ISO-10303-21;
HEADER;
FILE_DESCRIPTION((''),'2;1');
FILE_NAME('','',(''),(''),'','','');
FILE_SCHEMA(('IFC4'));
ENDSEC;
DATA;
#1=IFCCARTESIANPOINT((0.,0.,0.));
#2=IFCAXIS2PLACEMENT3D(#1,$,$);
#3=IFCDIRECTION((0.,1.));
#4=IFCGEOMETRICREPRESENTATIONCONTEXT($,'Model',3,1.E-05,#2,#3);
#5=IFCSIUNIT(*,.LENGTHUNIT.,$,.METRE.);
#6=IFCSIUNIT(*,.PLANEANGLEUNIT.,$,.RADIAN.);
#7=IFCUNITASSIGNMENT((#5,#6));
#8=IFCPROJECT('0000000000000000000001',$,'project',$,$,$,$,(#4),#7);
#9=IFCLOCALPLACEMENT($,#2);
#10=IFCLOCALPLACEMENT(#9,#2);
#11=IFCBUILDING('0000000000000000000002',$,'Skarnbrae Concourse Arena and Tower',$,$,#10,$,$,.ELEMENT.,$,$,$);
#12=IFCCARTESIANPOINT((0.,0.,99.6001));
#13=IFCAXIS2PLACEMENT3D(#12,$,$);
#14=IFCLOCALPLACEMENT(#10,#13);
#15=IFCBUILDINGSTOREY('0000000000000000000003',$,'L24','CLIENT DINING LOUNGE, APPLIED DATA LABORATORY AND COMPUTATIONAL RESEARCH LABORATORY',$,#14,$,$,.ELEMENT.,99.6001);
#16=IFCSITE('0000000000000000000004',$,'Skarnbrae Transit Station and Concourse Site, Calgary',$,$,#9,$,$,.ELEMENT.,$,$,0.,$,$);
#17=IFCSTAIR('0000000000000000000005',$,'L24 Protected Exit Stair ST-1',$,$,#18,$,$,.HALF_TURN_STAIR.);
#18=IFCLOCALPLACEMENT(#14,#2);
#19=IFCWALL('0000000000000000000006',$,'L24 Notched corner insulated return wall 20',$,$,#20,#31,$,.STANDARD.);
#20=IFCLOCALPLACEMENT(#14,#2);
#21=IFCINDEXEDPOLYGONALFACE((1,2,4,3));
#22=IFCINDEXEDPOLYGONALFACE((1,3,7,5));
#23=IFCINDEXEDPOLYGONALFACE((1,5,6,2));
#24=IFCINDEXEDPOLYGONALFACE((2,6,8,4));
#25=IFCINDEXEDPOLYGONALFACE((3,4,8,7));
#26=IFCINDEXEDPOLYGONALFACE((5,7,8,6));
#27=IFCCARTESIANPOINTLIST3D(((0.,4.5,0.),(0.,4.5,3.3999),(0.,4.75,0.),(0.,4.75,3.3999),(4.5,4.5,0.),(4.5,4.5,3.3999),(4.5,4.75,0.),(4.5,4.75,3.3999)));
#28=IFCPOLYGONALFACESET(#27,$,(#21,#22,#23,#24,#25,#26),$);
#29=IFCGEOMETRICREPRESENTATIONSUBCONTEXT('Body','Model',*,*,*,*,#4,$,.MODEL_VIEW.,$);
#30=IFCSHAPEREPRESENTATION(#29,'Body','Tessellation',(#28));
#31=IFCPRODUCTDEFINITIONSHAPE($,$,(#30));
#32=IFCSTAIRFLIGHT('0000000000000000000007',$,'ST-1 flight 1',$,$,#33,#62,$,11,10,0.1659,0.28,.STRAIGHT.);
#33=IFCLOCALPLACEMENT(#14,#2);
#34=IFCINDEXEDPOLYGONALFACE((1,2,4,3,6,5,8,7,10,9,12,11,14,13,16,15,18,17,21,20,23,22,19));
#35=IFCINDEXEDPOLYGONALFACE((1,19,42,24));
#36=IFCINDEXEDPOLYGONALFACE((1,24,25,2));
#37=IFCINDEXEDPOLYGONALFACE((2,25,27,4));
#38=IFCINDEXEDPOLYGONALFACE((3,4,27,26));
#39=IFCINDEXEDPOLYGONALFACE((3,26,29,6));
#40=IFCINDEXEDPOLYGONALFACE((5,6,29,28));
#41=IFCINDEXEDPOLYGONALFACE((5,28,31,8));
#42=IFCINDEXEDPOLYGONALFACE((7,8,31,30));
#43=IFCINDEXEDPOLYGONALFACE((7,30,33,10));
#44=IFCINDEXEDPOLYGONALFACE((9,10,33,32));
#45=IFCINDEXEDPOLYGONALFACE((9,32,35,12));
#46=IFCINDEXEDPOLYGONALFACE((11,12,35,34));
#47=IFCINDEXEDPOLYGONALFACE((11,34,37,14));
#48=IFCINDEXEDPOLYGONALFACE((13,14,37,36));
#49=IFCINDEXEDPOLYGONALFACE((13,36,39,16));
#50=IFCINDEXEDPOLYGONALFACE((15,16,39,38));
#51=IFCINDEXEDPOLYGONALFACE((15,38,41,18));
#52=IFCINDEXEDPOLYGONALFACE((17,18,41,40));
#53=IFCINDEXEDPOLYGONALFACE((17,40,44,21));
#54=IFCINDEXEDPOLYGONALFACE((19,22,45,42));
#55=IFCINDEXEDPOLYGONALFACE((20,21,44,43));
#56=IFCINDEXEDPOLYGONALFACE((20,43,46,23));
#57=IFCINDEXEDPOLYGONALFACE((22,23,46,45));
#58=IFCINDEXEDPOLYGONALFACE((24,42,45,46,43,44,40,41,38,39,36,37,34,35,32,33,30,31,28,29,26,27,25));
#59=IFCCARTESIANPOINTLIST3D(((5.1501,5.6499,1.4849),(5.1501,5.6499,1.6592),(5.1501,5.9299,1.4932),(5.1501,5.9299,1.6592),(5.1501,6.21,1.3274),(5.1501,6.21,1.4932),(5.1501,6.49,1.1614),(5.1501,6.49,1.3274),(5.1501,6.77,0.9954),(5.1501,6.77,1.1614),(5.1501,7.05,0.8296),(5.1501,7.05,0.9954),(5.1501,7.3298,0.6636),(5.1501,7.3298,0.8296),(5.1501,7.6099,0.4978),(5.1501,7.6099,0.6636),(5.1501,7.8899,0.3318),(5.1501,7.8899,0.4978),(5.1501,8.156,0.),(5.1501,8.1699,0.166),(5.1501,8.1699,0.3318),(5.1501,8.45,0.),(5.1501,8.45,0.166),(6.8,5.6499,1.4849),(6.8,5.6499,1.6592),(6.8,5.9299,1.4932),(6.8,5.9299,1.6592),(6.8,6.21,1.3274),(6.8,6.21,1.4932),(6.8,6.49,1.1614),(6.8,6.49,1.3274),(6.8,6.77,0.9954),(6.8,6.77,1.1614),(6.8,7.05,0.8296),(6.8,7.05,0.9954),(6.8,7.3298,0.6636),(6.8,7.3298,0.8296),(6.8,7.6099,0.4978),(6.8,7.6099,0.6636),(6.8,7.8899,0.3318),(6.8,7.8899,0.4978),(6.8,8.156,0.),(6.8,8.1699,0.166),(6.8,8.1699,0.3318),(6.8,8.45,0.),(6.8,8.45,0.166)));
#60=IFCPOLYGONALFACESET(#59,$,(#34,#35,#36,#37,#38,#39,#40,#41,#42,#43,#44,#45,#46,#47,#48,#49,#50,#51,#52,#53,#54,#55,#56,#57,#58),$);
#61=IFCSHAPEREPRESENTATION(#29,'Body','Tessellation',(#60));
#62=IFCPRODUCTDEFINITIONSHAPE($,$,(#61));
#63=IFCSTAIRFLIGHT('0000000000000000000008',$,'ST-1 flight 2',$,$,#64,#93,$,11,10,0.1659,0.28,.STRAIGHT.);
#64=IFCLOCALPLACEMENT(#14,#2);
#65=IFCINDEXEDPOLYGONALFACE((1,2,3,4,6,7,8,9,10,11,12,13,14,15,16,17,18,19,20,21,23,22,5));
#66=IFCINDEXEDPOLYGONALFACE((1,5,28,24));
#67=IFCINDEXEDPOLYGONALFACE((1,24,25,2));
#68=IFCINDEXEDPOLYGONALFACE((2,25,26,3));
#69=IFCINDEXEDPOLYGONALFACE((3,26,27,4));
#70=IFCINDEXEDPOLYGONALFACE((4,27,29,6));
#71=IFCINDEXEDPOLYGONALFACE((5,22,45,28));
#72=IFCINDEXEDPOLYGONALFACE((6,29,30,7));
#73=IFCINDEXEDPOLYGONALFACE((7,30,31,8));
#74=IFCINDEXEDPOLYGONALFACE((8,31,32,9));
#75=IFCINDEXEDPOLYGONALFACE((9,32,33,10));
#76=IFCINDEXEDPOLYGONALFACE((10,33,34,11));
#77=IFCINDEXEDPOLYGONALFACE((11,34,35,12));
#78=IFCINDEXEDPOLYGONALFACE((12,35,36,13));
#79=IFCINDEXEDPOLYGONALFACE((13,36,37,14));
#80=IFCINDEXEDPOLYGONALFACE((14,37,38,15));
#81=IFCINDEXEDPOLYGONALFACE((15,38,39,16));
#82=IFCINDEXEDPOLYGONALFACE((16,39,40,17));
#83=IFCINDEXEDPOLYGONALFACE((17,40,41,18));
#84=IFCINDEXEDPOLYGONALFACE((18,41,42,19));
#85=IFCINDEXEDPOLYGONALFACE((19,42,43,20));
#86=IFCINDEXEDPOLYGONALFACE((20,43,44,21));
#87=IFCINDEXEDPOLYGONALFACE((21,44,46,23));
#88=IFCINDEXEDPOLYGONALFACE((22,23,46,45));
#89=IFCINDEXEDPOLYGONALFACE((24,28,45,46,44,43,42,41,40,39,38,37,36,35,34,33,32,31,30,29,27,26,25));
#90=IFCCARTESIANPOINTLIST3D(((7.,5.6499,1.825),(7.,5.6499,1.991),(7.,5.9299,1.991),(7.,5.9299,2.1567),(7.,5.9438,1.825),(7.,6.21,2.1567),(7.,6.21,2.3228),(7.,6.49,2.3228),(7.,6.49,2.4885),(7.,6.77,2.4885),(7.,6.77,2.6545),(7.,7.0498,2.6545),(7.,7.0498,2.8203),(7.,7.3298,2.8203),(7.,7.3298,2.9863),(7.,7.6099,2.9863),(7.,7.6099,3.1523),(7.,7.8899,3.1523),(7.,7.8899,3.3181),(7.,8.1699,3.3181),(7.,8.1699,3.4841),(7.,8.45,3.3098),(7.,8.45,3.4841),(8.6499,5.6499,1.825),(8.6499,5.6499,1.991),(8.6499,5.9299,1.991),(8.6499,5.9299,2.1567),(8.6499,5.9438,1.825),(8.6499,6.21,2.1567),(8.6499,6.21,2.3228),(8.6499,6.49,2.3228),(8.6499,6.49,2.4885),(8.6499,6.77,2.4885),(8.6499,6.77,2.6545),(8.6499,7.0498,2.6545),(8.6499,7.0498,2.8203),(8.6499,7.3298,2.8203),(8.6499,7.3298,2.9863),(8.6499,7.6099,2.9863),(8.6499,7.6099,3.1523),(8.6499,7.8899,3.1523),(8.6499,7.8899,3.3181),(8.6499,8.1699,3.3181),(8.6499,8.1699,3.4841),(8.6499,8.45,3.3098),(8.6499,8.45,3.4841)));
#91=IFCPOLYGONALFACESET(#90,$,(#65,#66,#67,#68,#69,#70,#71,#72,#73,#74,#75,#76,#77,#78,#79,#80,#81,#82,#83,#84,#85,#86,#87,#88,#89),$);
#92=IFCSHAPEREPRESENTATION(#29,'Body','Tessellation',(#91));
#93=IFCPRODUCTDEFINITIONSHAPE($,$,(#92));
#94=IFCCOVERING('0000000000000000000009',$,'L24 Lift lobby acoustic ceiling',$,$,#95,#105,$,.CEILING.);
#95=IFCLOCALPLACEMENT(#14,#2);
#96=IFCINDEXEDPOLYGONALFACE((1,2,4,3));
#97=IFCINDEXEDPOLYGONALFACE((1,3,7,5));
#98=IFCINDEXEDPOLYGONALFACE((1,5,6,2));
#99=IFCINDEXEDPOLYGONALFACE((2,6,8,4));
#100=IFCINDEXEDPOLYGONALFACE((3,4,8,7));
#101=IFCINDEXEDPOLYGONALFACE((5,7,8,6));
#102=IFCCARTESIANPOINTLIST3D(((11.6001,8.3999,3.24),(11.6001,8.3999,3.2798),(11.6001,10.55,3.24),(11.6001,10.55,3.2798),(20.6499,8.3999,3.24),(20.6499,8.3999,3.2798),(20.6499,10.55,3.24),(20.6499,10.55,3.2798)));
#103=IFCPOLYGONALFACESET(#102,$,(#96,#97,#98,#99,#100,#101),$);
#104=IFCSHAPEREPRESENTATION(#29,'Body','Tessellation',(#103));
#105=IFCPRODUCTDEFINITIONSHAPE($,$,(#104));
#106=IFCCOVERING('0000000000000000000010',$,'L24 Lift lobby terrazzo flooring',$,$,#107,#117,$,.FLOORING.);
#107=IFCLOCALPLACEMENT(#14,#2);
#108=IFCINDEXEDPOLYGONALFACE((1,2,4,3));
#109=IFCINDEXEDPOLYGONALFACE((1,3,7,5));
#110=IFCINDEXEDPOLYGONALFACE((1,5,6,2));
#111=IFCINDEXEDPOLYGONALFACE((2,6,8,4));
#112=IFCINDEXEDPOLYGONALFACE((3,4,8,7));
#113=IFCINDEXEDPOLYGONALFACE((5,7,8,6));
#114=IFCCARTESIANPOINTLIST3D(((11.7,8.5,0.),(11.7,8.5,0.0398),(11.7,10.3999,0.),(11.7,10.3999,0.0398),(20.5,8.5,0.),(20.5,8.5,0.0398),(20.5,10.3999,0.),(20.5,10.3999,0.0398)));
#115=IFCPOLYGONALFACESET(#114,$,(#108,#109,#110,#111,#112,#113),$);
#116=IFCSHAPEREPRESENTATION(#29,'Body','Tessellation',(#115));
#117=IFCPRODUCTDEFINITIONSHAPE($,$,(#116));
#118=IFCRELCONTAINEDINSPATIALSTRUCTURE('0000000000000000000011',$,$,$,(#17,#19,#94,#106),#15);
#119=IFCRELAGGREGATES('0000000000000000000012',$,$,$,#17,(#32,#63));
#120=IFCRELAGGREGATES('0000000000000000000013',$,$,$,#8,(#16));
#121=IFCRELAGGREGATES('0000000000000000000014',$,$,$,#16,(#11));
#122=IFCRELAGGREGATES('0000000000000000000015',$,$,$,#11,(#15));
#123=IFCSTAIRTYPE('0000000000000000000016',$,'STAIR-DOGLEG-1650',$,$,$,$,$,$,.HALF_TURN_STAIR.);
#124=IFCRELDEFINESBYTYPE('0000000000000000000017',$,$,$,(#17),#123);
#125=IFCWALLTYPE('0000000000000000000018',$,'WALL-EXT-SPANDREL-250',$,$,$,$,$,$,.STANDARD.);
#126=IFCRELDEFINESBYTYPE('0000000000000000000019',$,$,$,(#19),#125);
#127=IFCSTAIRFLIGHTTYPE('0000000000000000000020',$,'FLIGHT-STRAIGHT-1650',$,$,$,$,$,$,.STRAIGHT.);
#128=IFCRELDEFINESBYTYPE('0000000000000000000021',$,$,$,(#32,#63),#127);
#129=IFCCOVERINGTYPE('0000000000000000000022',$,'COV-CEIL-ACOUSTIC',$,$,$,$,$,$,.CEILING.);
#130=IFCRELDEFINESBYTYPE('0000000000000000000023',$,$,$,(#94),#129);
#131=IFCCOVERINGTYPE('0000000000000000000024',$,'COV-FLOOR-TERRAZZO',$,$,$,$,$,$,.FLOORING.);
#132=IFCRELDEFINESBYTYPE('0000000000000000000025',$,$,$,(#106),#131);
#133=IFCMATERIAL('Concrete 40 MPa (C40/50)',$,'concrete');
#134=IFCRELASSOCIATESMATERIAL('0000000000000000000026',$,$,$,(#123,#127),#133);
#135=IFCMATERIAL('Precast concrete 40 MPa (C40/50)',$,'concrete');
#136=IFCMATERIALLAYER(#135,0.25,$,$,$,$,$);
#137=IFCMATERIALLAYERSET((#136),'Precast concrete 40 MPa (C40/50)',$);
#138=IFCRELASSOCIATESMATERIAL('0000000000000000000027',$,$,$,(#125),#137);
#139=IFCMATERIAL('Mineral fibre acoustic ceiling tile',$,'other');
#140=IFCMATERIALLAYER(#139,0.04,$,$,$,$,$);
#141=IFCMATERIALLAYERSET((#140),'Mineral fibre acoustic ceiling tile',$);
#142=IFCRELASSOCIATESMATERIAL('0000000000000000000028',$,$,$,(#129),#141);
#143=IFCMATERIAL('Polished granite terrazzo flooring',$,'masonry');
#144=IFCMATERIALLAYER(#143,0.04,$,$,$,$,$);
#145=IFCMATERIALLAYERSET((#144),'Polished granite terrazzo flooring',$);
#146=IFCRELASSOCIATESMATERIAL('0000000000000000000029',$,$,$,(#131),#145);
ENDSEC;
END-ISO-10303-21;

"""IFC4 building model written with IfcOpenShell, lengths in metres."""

from ifc_helpers import new_model, si_unit, direction, frame, frame_2d, origin, place, context, subcontext, project, spatial, polyline, rectangle, outline, extrude, source, transform, mapped, material, layer, layer_set, type_object, element, aggregate, save


model = new_model("IFC4")

# Units and contexts
model_context = context("Model", 3, precision=1e-05, world=origin(), true_north=direction((0.0, 1.0)))
body_context = subcontext(model_context, "Body", "Model", "MODEL_VIEW")
ifc_project = project(units=[si_unit("LENGTHUNIT", "METRE"), si_unit("PLANEANGLEUNIT", "RADIAN")], contexts=[model_context])

# Site, building, storey
site_placement = place(None, origin())
site = spatial("IfcSite", under=ifc_project, at=site_placement, Name="Skarnbrae Transit Station and Concourse Site, Calgary", CompositionType="ELEMENT", RefElevation=0.0)
building_placement = place(site_placement, origin())
building = spatial("IfcBuilding", under=site, at=building_placement, Name="Skarnbrae Concourse Arena and Tower", CompositionType="ELEMENT")
storey_placement = place(building_placement, frame((0.0, 0.0, 99.6001)))
storey = spatial("IfcBuildingStorey", under=building, at=storey_placement, Name="L24", Description="CLIENT DINING LOUNGE, APPLIED DATA LABORATORY AND COMPUTATIONAL RESEARCH LABORATORY", CompositionType="ELEMENT", Elevation=99.6001)

# Stair
ifc_material_1 = material(Name="Concrete 40 MPa (C40/50)", Category="concrete")
stair_type = type_object("IfcStairType", Name="STAIR-DOGLEG-1650", PredefinedType="HALF_TURN_STAIR", material=ifc_material_1)
stair_1_placement = place(storey_placement, origin())
stair_1 = element("IfcStair", 1, at=stair_1_placement, inside=storey, type_object=stair_type, Name="L24 Protected Exit Stair ST-1", PredefinedType="HALF_TURN_STAIR")

# Wall
ifc_material_2 = material(Name="Precast concrete 40 MPa (C40/50)", Category="concrete")
ifc_layer_1 = layer(ifc_material_2, 0.25)
ifc_layer_set_1 = layer_set([ifc_layer_1], Name="Precast concrete 40 MPa (C40/50)")
wall_type_1 = type_object("IfcWallType", Name="WALL-EXT-SPANDREL-250", PredefinedType="STANDARD", material=ifc_layer_set_1)
shared_shape_1 = source(origin(), body_context, "Body", "SweptSolid", [
    extrude(rectangle(XDim=4.5, YDim=0.25, at=frame_2d((2.25, 0.0))), origin(), (0.0, 0.0, 1.0), 3.3999),
])
wall_1_placement = place(storey_placement, frame((0.0, 4.625, 0.0), z_axis=(0.0, 0.0, 1.0), x_axis=(1.0, 0.0, 0.0)))
element("IfcWall", 2, at=wall_1_placement, inside=storey, type_object=wall_type_1, Name="L24 Notched corner insulated return wall 20", PredefinedType="STANDARD", context=body_context, shape_type="MappedRepresentation", body=[
    mapped(shared_shape_1, transform((0.0, 0.0, 0.0))),
])

# Stair flights
stair_flight_type = type_object("IfcStairFlightType", Name="FLIGHT-STRAIGHT-1650", PredefinedType="STRAIGHT", material=ifc_material_1)
shared_shape_2 = source(origin(), body_context, "Body", "SweptSolid", [
    extrude(outline(polyline([(0.0, 0.0), (0.0, 0.166), (0.28, 0.166), (0.28, 0.3318), (0.5601, 0.3318), (0.5601, 0.4978), (0.8401, 0.4978), (0.8401, 0.6636), (1.1201, 0.6636), (1.1201, 0.8296), (1.3999, 0.8296), (1.3999, 0.9954), (1.6799, 0.9954), (1.6799, 1.1614), (1.96, 1.1614), (1.96, 1.3274), (2.24, 1.3274), (2.24, 1.4932), (2.52, 1.4932), (2.52, 1.6592), (2.8, 1.6592), (2.8, 1.825), (2.8, 1.4849), (0.2939, 0.0), (0.0, 0.0)])), frame((0.0, 0.825, 0.0), z_axis=(0.0, -1.0, 0.0), x_axis=(1.0, 0.0, 0.0)), (0.0, 0.0, 1.0), 1.6499),
])
stair_flight_1_placement = place(storey_placement, frame((5.9751, 8.45, 0.0), z_axis=(0.0, 0.0, 1.0), x_axis=(0.0, -1.0, 0.0)))
stair_flight_1 = element("IfcStairFlight", 3, at=stair_flight_1_placement, type_object=stair_flight_type, Name="ST-1 flight 1", NumberOfRisers=11, NumberOfTreads=10, PredefinedType="STRAIGHT", RiserHeight=0.1659, TreadLength=0.28, context=body_context, shape_type="MappedRepresentation", body=[
    mapped(shared_shape_2, transform((0.0, 0.0, 0.0))),
])
stair_flight_2_placement = place(storey_placement, frame((7.825, 5.6499, 1.825), z_axis=(0.0, 0.0, 1.0), x_axis=(0.0, 1.0, 0.0)))
stair_flight_2 = element("IfcStairFlight", 4, at=stair_flight_2_placement, type_object=stair_flight_type, Name="ST-1 flight 2", NumberOfRisers=11, NumberOfTreads=10, PredefinedType="STRAIGHT", RiserHeight=0.1659, TreadLength=0.28, context=body_context, shape_type="MappedRepresentation", body=[
    mapped(shared_shape_2, transform((0.0, 0.0, 0.0))),
])
aggregate(stair_1, [stair_flight_1, stair_flight_2])

# Coverings
ifc_material_3 = material(Name="Mineral fibre acoustic ceiling tile", Category="other")
ifc_layer_2 = layer(ifc_material_3, 0.04)
ifc_layer_set_2 = layer_set([ifc_layer_2], Name="Mineral fibre acoustic ceiling tile")
covering_type_1 = type_object("IfcCoveringType", Name="COV-CEIL-ACOUSTIC", PredefinedType="CEILING", material=ifc_layer_set_2)
covering_1_placement = place(storey_placement, frame((0.0, 0.0, 3.24)))
element("IfcCovering", 5, at=covering_1_placement, inside=storey, type_object=covering_type_1, Name="L24 Lift lobby acoustic ceiling", PredefinedType="CEILING", context=body_context, shape_type="SweptSolid", body=[
    extrude(outline(polyline([(11.6001, 8.3999), (20.6499, 8.3999), (20.6499, 10.55), (11.6001, 10.55), (11.6001, 8.3999)])), origin(), (0.0, 0.0, 1.0), 0.0398),
])
ifc_material_4 = material(Name="Polished granite terrazzo flooring", Category="masonry")
ifc_layer_3 = layer(ifc_material_4, 0.04)
ifc_layer_set_3 = layer_set([ifc_layer_3], Name="Polished granite terrazzo flooring")
covering_type_2 = type_object("IfcCoveringType", Name="COV-FLOOR-TERRAZZO", PredefinedType="FLOORING", material=ifc_layer_set_3)
covering_2_placement = place(storey_placement, origin())
element("IfcCovering", 6, at=covering_2_placement, inside=storey, type_object=covering_type_2, Name="L24 Lift lobby terrazzo flooring", PredefinedType="FLOORING", context=body_context, shape_type="SweptSolid", body=[
    extrude(outline(polyline([(11.7, 8.5), (20.5, 8.5), (20.5, 10.3999), (11.7, 10.3999), (11.7, 8.5)])), origin(), (0.0, 0.0, 1.0), 0.0398),
])

save(model, "model.ifc")
